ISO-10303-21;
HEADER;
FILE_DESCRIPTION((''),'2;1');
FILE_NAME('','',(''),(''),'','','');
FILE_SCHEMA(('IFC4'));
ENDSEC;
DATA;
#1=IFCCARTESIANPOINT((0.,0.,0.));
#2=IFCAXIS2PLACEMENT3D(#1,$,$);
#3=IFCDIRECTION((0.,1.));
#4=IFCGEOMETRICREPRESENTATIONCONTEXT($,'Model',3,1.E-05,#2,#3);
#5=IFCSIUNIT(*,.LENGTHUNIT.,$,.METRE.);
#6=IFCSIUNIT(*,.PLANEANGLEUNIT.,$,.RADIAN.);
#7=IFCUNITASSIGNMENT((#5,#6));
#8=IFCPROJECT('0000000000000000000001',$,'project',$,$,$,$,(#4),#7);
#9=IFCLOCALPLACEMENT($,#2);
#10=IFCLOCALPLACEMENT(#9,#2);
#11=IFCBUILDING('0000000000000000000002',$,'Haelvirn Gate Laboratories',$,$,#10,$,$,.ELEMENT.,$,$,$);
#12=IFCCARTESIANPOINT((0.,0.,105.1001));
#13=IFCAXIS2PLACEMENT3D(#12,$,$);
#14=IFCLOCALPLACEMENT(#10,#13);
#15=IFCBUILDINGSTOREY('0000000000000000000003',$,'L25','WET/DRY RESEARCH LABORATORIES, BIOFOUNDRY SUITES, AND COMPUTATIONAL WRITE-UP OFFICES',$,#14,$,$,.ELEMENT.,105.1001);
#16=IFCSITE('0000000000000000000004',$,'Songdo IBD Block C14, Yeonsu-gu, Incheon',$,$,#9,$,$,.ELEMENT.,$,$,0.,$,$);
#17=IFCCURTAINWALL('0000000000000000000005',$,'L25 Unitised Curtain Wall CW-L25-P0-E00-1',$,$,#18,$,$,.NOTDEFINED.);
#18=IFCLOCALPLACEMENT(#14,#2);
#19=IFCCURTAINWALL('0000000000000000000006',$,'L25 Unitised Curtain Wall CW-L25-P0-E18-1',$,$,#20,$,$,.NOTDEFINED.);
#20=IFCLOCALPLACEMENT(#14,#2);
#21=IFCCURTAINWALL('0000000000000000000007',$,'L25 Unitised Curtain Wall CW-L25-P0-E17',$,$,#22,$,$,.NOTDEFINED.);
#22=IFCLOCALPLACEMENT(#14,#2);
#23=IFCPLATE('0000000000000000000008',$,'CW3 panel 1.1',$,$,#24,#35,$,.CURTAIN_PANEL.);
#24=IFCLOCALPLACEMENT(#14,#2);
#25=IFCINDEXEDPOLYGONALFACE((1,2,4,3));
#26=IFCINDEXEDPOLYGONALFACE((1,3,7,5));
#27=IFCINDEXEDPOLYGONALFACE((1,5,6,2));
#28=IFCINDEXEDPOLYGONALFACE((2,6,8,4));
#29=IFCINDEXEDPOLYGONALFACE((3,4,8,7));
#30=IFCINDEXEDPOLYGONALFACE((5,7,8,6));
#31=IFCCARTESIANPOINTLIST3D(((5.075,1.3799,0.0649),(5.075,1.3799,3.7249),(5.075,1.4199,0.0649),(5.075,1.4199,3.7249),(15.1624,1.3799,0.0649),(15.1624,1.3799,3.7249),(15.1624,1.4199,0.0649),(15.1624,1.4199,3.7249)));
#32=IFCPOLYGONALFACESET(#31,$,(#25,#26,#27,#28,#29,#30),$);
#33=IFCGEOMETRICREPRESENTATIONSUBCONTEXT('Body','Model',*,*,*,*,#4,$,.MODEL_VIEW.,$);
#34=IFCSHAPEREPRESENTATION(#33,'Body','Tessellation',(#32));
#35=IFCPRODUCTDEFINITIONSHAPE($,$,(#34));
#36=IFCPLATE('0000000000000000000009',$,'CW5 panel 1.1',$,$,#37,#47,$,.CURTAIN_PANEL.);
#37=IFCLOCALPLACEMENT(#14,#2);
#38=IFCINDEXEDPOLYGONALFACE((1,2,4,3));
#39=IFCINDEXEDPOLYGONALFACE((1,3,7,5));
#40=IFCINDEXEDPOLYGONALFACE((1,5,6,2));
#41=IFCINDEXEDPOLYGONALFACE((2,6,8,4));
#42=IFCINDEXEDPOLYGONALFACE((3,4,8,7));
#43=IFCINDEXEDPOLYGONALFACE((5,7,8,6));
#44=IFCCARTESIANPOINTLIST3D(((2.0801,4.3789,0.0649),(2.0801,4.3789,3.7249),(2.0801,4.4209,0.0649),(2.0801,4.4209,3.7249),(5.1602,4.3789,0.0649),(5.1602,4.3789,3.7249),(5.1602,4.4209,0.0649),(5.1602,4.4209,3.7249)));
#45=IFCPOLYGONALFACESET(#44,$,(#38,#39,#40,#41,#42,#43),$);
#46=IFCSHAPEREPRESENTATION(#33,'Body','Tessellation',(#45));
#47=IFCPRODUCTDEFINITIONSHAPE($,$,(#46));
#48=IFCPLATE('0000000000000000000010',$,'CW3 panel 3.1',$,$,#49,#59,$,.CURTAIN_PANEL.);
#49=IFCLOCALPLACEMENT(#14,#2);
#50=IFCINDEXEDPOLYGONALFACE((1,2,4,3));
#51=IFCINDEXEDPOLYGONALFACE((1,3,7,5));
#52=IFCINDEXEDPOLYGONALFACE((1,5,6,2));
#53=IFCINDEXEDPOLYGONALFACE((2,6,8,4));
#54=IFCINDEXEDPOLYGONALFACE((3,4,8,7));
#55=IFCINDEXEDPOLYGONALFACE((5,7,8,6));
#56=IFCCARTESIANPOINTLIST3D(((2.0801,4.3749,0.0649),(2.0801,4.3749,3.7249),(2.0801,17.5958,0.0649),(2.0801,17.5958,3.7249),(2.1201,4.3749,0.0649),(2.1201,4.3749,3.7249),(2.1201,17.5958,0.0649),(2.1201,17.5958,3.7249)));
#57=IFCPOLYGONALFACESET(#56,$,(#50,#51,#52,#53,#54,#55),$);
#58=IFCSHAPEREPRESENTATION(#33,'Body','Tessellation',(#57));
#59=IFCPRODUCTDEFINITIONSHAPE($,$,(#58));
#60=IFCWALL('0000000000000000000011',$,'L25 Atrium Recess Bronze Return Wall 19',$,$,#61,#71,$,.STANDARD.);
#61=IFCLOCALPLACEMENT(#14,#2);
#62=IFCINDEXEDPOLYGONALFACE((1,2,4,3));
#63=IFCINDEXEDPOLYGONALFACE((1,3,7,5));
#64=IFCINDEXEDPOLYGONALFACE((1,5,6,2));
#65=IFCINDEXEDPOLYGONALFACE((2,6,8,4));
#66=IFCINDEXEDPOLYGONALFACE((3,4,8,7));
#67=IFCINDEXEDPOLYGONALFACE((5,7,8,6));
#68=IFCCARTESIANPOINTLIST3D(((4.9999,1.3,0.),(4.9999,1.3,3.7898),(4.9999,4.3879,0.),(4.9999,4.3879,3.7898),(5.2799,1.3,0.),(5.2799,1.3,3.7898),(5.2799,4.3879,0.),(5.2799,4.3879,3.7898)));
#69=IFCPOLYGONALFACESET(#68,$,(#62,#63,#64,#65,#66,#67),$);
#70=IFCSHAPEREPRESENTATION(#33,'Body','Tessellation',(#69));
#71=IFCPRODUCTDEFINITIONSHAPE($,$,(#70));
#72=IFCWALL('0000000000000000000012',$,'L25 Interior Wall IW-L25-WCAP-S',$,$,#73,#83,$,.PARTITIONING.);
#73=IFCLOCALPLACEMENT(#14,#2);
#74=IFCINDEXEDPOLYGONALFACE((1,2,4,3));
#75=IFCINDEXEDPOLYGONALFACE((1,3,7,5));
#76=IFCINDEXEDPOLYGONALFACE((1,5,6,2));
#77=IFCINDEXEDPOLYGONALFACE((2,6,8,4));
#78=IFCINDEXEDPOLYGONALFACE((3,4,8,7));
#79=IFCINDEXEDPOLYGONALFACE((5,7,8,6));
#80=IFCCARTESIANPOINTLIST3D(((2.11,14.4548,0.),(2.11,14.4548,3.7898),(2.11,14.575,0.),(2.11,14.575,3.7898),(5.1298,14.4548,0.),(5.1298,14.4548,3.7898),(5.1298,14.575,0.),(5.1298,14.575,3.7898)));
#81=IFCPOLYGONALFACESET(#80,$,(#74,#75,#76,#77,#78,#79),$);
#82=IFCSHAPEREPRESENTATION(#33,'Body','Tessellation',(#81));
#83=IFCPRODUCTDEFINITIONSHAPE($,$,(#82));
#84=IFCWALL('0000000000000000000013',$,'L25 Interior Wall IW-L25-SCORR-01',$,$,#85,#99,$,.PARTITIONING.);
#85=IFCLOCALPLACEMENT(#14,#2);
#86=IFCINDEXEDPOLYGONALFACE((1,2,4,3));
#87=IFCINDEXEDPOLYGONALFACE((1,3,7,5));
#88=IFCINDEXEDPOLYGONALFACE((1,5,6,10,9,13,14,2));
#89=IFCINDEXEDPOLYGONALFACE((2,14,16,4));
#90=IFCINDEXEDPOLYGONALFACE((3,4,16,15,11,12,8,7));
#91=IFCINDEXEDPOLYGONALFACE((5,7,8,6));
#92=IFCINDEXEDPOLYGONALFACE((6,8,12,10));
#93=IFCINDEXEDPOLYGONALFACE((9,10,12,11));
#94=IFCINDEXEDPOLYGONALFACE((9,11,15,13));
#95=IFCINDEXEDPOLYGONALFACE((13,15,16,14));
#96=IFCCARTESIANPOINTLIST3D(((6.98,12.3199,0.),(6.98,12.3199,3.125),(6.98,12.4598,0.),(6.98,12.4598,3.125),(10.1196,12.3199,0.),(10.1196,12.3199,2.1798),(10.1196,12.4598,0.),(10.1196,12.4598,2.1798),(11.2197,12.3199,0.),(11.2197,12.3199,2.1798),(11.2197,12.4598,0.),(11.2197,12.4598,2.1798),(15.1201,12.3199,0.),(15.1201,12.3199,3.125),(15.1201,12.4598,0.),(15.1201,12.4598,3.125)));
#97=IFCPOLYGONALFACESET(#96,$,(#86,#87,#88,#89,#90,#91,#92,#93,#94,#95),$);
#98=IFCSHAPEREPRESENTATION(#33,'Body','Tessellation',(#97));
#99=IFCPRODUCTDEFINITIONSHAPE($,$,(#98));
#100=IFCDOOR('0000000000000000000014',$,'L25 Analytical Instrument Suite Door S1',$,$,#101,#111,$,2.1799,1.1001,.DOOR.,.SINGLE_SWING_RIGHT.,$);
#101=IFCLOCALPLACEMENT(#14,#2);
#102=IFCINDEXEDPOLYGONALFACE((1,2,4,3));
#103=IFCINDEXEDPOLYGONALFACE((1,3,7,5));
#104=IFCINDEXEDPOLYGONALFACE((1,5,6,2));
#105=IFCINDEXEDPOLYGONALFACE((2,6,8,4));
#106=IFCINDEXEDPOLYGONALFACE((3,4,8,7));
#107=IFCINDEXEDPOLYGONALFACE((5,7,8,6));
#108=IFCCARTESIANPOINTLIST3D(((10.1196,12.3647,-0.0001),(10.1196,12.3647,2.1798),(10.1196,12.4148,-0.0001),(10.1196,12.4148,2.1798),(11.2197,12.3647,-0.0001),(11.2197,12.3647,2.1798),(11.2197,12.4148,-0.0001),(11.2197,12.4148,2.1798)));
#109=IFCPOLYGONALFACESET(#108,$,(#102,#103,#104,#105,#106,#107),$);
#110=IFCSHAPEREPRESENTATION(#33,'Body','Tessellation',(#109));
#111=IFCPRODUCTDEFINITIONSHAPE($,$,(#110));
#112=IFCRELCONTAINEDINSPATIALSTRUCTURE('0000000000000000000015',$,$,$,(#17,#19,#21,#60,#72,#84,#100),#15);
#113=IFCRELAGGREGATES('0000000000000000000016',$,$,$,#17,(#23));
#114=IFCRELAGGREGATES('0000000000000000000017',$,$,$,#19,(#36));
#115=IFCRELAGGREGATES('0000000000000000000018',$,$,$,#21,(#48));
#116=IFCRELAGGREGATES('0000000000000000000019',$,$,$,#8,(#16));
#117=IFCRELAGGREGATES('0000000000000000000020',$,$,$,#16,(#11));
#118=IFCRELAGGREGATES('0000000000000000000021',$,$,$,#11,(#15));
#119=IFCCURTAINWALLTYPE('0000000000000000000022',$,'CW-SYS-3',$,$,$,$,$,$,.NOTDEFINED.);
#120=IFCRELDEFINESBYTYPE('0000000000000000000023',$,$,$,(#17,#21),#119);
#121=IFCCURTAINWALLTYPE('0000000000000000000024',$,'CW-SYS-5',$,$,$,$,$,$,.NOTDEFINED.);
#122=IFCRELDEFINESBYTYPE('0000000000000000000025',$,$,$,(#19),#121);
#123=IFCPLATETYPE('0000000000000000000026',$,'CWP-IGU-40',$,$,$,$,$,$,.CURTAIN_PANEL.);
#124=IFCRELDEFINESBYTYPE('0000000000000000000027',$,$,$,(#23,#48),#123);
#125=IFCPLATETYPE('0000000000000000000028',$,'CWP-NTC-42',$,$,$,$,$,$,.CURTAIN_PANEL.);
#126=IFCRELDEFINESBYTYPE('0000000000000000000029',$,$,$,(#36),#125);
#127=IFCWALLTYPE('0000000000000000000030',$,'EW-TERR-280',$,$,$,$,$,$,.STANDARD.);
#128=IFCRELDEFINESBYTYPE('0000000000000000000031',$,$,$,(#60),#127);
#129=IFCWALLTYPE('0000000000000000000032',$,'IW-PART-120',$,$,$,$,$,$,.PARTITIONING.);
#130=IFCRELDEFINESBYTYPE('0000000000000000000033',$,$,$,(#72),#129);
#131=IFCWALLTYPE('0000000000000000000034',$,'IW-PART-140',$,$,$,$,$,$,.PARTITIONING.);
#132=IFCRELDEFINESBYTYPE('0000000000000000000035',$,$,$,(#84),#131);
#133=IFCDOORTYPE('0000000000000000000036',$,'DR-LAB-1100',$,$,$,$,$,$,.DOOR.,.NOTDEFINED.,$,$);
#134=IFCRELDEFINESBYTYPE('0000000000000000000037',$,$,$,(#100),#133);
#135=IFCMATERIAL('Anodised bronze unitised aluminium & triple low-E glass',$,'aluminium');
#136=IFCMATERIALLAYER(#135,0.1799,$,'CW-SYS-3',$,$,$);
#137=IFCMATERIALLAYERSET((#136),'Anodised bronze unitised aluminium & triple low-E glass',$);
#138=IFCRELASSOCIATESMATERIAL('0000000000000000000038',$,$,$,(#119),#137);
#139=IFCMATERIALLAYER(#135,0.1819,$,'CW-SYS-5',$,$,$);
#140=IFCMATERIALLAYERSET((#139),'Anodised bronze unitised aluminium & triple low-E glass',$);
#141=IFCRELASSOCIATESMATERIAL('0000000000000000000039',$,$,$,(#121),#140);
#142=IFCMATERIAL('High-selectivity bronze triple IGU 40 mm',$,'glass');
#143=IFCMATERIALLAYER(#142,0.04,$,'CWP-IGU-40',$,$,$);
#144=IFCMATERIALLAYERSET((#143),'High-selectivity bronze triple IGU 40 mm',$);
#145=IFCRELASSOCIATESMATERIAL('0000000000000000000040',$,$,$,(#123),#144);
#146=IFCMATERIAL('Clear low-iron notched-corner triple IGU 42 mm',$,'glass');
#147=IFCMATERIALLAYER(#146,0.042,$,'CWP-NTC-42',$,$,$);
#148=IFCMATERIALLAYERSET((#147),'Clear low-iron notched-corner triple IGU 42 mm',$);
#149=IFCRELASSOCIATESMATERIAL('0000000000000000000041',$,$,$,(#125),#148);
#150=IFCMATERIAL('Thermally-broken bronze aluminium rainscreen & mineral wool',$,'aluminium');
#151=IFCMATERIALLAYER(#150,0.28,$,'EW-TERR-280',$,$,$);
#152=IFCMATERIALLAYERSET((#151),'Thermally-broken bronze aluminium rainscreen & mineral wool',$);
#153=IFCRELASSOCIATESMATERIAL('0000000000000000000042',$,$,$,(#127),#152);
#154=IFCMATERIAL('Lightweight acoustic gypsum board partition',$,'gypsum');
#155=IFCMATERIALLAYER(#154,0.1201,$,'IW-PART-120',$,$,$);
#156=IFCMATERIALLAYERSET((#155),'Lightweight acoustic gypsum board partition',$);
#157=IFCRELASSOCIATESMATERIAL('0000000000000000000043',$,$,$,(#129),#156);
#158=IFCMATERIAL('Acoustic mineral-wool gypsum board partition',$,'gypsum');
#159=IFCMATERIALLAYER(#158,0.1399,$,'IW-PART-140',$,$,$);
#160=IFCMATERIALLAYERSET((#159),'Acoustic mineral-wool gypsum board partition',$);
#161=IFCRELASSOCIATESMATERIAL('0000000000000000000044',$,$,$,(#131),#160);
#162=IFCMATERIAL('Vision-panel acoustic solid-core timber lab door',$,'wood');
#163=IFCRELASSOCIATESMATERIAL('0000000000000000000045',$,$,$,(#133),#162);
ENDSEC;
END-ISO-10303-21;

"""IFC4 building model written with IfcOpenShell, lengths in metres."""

from ifc_helpers import new_model, si_unit, direction, frame, frame_2d, origin, origin_2d, place, context, subcontext, project, spatial, rectangle, extrude, source, transform, mapped, material, layer, layer_set, type_object, type_shapes, element, fill, aggregate, save


model = new_model("IFC4")

# Units and contexts
model_context = context("Model", 3, precision=1e-05, world=origin(), true_north=direction((0.0, 1.0)))
body_context = subcontext(model_context, "Body", "Model", "MODEL_VIEW")
ifc_project = project(units=[si_unit("LENGTHUNIT", "METRE"), si_unit("PLANEANGLEUNIT", "RADIAN")], contexts=[model_context])

# Site, building, storey
site_placement = place(None, origin())
site = spatial("IfcSite", under=ifc_project, at=site_placement, Name="Songdo IBD Block C14, Yeonsu-gu, Incheon", CompositionType="ELEMENT", RefElevation=0.0)
building_placement = place(site_placement, origin())
building = spatial("IfcBuilding", under=site, at=building_placement, Name="Haelvirn Gate Laboratories", CompositionType="ELEMENT")
storey_placement = place(building_placement, frame((0.0, 0.0, 105.1001)))
storey = spatial("IfcBuildingStorey", under=building, at=storey_placement, Name="L25", Description="WET/DRY RESEARCH LABORATORIES, BIOFOUNDRY SUITES, AND COMPUTATIONAL WRITE-UP OFFICES", CompositionType="ELEMENT", Elevation=105.1001)

# Curtain walls
ifc_material_1 = material(Name="Anodised bronze unitised aluminium & triple low-E glass", Category="aluminium")
ifc_layer_1 = layer(ifc_material_1, 0.1799, Name="CW-SYS-3")
ifc_layer_set_1 = layer_set([ifc_layer_1], Name="Anodised bronze unitised aluminium & triple low-E glass")
curtain_wall_type_1 = type_object("IfcCurtainWallType", Name="CW-SYS-3", PredefinedType="NOTDEFINED", material=ifc_layer_set_1)
curtain_wall_1_placement = place(storey_placement, origin())
curtain_wall_1 = element("IfcCurtainWall", 1, at=curtain_wall_1_placement, inside=storey, type_object=curtain_wall_type_1, Name="L25 Unitised Curtain Wall CW-L25-P0-E00-1", PredefinedType="NOTDEFINED")
ifc_layer_2 = layer(ifc_material_1, 0.1819, Name="CW-SYS-5")
ifc_layer_set_2 = layer_set([ifc_layer_2], Name="Anodised bronze unitised aluminium & triple low-E glass")
curtain_wall_type_2 = type_object("IfcCurtainWallType", Name="CW-SYS-5", PredefinedType="NOTDEFINED", material=ifc_layer_set_2)
curtain_wall_2_placement = place(storey_placement, origin())
curtain_wall_2 = element("IfcCurtainWall", 2, at=curtain_wall_2_placement, inside=storey, type_object=curtain_wall_type_2, Name="L25 Unitised Curtain Wall CW-L25-P0-E18-1", PredefinedType="NOTDEFINED")

# Curtain wall
curtain_wall_3_placement = place(storey_placement, origin())
curtain_wall_3 = element("IfcCurtainWall", 3, at=curtain_wall_3_placement, inside=storey, type_object=curtain_wall_type_1, Name="L25 Unitised Curtain Wall CW-L25-P0-E17", PredefinedType="NOTDEFINED")

# Plates
ifc_material_2 = material(Name="High-selectivity bronze triple IGU 40 mm", Category="glass")
ifc_layer_3 = layer(ifc_material_2, 0.04, Name="CWP-IGU-40")
ifc_layer_set_3 = layer_set([ifc_layer_3], Name="High-selectivity bronze triple IGU 40 mm")
plate_type_1 = type_object("IfcPlateType", Name="CWP-IGU-40", PredefinedType="CURTAIN_PANEL", material=ifc_layer_set_3)
shared_shape_1 = source(origin(), body_context, "Body", "SweptSolid", [
    extrude(rectangle(XDim=10.0874, YDim=0.04, at=origin_2d()), origin(), (0.0, 0.0, 1.0), 3.6599),
])
plate_1_placement = place(storey_placement, frame((10.1187, 1.3999, 0.0649), z_axis=(0.0, 0.0, 1.0), x_axis=(1.0, 0.0, 0.0)))
plate_1 = element("IfcPlate", 4, at=plate_1_placement, type_object=plate_type_1, Name="CW3 panel 1.1", PredefinedType="CURTAIN_PANEL", context=body_context, shape_type="MappedRepresentation", body=[
    mapped(shared_shape_1, transform((0.0, 0.0, 0.0), scale=1.0)),
])
aggregate(curtain_wall_1, [plate_1])
ifc_material_3 = material(Name="Clear low-iron notched-corner triple IGU 42 mm", Category="glass")
ifc_layer_4 = layer(ifc_material_3, 0.042, Name="CWP-NTC-42")
ifc_layer_set_4 = layer_set([ifc_layer_4], Name="Clear low-iron notched-corner triple IGU 42 mm")
plate_type_2 = type_object("IfcPlateType", Name="CWP-NTC-42", PredefinedType="CURTAIN_PANEL", material=ifc_layer_set_4)
shared_shape_2 = source(origin(), body_context, "Body", "SweptSolid", [
    extrude(rectangle(XDim=3.0801, YDim=0.042, at=origin_2d()), origin(), (0.0, 0.0, 1.0), 3.6599),
])
type_shapes(plate_type_2, [shared_shape_2])
plate_2_placement = place(storey_placement, frame((3.6201, 4.3999, 0.0649), z_axis=(0.0, 0.0, 1.0), x_axis=(1.0, 0.0, 0.0)))
plate_2 = element("IfcPlate", 5, at=plate_2_placement, type_object=plate_type_2, Name="CW5 panel 1.1", PredefinedType="CURTAIN_PANEL", context=body_context, shape_type="MappedRepresentation", body=[
    mapped(shared_shape_2, transform((0.0, 0.0, 0.0), scale=1.0)),
])
aggregate(curtain_wall_2, [plate_2])
shared_shape_3 = source(origin(), body_context, "Body", "SweptSolid", [
    extrude(rectangle(XDim=13.2209, YDim=0.04, at=origin_2d()), origin(), (0.0, 0.0, 1.0), 3.6599),
])
type_shapes(plate_type_1, [shared_shape_1, shared_shape_3])
plate_3_placement = place(storey_placement, frame((2.1001, 10.9854, 0.0649), z_axis=(0.0, 0.0, 1.0), x_axis=(0.0, -1.0, 0.0)))
plate_3 = element("IfcPlate", 6, at=plate_3_placement, type_object=plate_type_1, Name="CW3 panel 3.1", PredefinedType="CURTAIN_PANEL", context=body_context, shape_type="MappedRepresentation", body=[
    mapped(shared_shape_3, transform((0.0, 0.0, 0.0), scale=1.0)),
])
aggregate(curtain_wall_3, [plate_3])

# Walls
ifc_material_4 = material(Name="Thermally-broken bronze aluminium rainscreen & mineral wool", Category="aluminium")
ifc_layer_5 = layer(ifc_material_4, 0.28, Name="EW-TERR-280")
ifc_layer_set_5 = layer_set([ifc_layer_5], Name="Thermally-broken bronze aluminium rainscreen & mineral wool")
wall_type_1 = type_object("IfcWallType", Name="EW-TERR-280", PredefinedType="STANDARD", material=ifc_layer_set_5)
wall_1_placement = place(storey_placement, frame((5.1399, 4.3879, 0.0), z_axis=(0.0, 0.0, 1.0), x_axis=(0.0, -1.0, 0.0)))
element("IfcWall", 7, at=wall_1_placement, inside=storey, type_object=wall_type_1, Name="L25 Atrium Recess Bronze Return Wall 19", PredefinedType="STANDARD", context=body_context, shape_type="SweptSolid", body=[
    extrude(rectangle(XDim=3.0879, YDim=0.28, at=frame_2d((1.5439, 0.0))), origin(), (0.0, 0.0, 1.0), 3.7898),
])
ifc_material_5 = material(Name="Lightweight acoustic gypsum board partition", Category="gypsum")
ifc_layer_6 = layer(ifc_material_5, 0.1201, Name="IW-PART-120")
ifc_layer_set_6 = layer_set([ifc_layer_6], Name="Lightweight acoustic gypsum board partition")
wall_type_2 = type_object("IfcWallType", Name="IW-PART-120", PredefinedType="PARTITIONING", material=ifc_layer_set_6)
wall_2_placement = place(storey_placement, frame((2.1101, 14.5149, 0.0), z_axis=(0.0, 0.0, 1.0), x_axis=(1.0, 0.0, 0.0)))
element("IfcWall", 8, at=wall_2_placement, inside=storey, type_object=wall_type_2, Name="L25 Interior Wall IW-L25-WCAP-S", PredefinedType="PARTITIONING", context=body_context, shape_type="SweptSolid", body=[
    extrude(rectangle(XDim=3.0198, YDim=0.1201, at=frame_2d((1.5098, 0.0))), origin(), (0.0, 0.0, 1.0), 3.7898),
])

# Wall, opening, door
ifc_material_6 = material(Name="Acoustic mineral-wool gypsum board partition", Category="gypsum")
ifc_layer_7 = layer(ifc_material_6, 0.1399, Name="IW-PART-140")
ifc_layer_set_7 = layer_set([ifc_layer_7], Name="Acoustic mineral-wool gypsum board partition")
wall_type_3 = type_object("IfcWallType", Name="IW-PART-140", PredefinedType="PARTITIONING", material=ifc_layer_set_7)
wall_3_placement = place(storey_placement, frame((6.98, 12.3899, 0.0), z_axis=(0.0, 0.0, 1.0), x_axis=(1.0, 0.0, 0.0)))
wall_3 = element("IfcWall", 9, at=wall_3_placement, inside=storey, type_object=wall_type_3, Name="L25 Interior Wall IW-L25-SCORR-01", PredefinedType="PARTITIONING", context=body_context, shape_type="SweptSolid", body=[
    extrude(rectangle(XDim=8.1401, YDim=0.1399, at=frame_2d((4.0701, 0.0))), origin(), (0.0, 0.0, 1.0), 3.125),
])
opening_placement = place(wall_3_placement, frame((3.1396, 0.0, 0.0)))
opening = element("IfcOpeningElement", 10, at=opening_placement, cuts=wall_3, PredefinedType="OPENING", context=body_context, shape_type="SweptSolid", body=[
    extrude(rectangle(XDim=1.1001, YDim=2.1799, at=frame_2d((0.55, 1.0898))), frame((0.0, 0.0801, 0.0), z_axis=(0.0, -1.0, 0.0), x_axis=(1.0, 0.0, 0.0)), (0.0, 0.0, 1.0), 0.1599),
])
ifc_material_7 = material(Name="Vision-panel acoustic solid-core timber lab door", Category="wood")
door_type = type_object("IfcDoorType", Name="DR-LAB-1100", OperationType="NOTDEFINED", PredefinedType="DOOR", material=ifc_material_7)
shared_shape_4 = source(origin(), body_context, "Body", "SweptSolid", [
    extrude(rectangle(XDim=1.1001, YDim=2.1799, at=frame_2d((0.55, 1.0898))), frame((0.0, 0.0249, 0.0), z_axis=(0.0, -1.0, 0.0), x_axis=(1.0, 0.0, 0.0)), (0.0, 0.0, 1.0), 0.05),
])
type_shapes(door_type, [shared_shape_4])
door_placement = place(opening_placement, origin())
door = element("IfcDoor", 11, at=door_placement, inside=storey, type_object=door_type, Name="L25 Analytical Instrument Suite Door S1", OperationType="SINGLE_SWING_RIGHT", OverallHeight=2.1799, OverallWidth=1.1001, PredefinedType="DOOR", context=body_context, shape_type="MappedRepresentation", body=[
    mapped(shared_shape_4, transform((0.0, 0.0, 0.0), scale=1.0)),
])
fill(opening, door)

save(model, "model.ifc")
